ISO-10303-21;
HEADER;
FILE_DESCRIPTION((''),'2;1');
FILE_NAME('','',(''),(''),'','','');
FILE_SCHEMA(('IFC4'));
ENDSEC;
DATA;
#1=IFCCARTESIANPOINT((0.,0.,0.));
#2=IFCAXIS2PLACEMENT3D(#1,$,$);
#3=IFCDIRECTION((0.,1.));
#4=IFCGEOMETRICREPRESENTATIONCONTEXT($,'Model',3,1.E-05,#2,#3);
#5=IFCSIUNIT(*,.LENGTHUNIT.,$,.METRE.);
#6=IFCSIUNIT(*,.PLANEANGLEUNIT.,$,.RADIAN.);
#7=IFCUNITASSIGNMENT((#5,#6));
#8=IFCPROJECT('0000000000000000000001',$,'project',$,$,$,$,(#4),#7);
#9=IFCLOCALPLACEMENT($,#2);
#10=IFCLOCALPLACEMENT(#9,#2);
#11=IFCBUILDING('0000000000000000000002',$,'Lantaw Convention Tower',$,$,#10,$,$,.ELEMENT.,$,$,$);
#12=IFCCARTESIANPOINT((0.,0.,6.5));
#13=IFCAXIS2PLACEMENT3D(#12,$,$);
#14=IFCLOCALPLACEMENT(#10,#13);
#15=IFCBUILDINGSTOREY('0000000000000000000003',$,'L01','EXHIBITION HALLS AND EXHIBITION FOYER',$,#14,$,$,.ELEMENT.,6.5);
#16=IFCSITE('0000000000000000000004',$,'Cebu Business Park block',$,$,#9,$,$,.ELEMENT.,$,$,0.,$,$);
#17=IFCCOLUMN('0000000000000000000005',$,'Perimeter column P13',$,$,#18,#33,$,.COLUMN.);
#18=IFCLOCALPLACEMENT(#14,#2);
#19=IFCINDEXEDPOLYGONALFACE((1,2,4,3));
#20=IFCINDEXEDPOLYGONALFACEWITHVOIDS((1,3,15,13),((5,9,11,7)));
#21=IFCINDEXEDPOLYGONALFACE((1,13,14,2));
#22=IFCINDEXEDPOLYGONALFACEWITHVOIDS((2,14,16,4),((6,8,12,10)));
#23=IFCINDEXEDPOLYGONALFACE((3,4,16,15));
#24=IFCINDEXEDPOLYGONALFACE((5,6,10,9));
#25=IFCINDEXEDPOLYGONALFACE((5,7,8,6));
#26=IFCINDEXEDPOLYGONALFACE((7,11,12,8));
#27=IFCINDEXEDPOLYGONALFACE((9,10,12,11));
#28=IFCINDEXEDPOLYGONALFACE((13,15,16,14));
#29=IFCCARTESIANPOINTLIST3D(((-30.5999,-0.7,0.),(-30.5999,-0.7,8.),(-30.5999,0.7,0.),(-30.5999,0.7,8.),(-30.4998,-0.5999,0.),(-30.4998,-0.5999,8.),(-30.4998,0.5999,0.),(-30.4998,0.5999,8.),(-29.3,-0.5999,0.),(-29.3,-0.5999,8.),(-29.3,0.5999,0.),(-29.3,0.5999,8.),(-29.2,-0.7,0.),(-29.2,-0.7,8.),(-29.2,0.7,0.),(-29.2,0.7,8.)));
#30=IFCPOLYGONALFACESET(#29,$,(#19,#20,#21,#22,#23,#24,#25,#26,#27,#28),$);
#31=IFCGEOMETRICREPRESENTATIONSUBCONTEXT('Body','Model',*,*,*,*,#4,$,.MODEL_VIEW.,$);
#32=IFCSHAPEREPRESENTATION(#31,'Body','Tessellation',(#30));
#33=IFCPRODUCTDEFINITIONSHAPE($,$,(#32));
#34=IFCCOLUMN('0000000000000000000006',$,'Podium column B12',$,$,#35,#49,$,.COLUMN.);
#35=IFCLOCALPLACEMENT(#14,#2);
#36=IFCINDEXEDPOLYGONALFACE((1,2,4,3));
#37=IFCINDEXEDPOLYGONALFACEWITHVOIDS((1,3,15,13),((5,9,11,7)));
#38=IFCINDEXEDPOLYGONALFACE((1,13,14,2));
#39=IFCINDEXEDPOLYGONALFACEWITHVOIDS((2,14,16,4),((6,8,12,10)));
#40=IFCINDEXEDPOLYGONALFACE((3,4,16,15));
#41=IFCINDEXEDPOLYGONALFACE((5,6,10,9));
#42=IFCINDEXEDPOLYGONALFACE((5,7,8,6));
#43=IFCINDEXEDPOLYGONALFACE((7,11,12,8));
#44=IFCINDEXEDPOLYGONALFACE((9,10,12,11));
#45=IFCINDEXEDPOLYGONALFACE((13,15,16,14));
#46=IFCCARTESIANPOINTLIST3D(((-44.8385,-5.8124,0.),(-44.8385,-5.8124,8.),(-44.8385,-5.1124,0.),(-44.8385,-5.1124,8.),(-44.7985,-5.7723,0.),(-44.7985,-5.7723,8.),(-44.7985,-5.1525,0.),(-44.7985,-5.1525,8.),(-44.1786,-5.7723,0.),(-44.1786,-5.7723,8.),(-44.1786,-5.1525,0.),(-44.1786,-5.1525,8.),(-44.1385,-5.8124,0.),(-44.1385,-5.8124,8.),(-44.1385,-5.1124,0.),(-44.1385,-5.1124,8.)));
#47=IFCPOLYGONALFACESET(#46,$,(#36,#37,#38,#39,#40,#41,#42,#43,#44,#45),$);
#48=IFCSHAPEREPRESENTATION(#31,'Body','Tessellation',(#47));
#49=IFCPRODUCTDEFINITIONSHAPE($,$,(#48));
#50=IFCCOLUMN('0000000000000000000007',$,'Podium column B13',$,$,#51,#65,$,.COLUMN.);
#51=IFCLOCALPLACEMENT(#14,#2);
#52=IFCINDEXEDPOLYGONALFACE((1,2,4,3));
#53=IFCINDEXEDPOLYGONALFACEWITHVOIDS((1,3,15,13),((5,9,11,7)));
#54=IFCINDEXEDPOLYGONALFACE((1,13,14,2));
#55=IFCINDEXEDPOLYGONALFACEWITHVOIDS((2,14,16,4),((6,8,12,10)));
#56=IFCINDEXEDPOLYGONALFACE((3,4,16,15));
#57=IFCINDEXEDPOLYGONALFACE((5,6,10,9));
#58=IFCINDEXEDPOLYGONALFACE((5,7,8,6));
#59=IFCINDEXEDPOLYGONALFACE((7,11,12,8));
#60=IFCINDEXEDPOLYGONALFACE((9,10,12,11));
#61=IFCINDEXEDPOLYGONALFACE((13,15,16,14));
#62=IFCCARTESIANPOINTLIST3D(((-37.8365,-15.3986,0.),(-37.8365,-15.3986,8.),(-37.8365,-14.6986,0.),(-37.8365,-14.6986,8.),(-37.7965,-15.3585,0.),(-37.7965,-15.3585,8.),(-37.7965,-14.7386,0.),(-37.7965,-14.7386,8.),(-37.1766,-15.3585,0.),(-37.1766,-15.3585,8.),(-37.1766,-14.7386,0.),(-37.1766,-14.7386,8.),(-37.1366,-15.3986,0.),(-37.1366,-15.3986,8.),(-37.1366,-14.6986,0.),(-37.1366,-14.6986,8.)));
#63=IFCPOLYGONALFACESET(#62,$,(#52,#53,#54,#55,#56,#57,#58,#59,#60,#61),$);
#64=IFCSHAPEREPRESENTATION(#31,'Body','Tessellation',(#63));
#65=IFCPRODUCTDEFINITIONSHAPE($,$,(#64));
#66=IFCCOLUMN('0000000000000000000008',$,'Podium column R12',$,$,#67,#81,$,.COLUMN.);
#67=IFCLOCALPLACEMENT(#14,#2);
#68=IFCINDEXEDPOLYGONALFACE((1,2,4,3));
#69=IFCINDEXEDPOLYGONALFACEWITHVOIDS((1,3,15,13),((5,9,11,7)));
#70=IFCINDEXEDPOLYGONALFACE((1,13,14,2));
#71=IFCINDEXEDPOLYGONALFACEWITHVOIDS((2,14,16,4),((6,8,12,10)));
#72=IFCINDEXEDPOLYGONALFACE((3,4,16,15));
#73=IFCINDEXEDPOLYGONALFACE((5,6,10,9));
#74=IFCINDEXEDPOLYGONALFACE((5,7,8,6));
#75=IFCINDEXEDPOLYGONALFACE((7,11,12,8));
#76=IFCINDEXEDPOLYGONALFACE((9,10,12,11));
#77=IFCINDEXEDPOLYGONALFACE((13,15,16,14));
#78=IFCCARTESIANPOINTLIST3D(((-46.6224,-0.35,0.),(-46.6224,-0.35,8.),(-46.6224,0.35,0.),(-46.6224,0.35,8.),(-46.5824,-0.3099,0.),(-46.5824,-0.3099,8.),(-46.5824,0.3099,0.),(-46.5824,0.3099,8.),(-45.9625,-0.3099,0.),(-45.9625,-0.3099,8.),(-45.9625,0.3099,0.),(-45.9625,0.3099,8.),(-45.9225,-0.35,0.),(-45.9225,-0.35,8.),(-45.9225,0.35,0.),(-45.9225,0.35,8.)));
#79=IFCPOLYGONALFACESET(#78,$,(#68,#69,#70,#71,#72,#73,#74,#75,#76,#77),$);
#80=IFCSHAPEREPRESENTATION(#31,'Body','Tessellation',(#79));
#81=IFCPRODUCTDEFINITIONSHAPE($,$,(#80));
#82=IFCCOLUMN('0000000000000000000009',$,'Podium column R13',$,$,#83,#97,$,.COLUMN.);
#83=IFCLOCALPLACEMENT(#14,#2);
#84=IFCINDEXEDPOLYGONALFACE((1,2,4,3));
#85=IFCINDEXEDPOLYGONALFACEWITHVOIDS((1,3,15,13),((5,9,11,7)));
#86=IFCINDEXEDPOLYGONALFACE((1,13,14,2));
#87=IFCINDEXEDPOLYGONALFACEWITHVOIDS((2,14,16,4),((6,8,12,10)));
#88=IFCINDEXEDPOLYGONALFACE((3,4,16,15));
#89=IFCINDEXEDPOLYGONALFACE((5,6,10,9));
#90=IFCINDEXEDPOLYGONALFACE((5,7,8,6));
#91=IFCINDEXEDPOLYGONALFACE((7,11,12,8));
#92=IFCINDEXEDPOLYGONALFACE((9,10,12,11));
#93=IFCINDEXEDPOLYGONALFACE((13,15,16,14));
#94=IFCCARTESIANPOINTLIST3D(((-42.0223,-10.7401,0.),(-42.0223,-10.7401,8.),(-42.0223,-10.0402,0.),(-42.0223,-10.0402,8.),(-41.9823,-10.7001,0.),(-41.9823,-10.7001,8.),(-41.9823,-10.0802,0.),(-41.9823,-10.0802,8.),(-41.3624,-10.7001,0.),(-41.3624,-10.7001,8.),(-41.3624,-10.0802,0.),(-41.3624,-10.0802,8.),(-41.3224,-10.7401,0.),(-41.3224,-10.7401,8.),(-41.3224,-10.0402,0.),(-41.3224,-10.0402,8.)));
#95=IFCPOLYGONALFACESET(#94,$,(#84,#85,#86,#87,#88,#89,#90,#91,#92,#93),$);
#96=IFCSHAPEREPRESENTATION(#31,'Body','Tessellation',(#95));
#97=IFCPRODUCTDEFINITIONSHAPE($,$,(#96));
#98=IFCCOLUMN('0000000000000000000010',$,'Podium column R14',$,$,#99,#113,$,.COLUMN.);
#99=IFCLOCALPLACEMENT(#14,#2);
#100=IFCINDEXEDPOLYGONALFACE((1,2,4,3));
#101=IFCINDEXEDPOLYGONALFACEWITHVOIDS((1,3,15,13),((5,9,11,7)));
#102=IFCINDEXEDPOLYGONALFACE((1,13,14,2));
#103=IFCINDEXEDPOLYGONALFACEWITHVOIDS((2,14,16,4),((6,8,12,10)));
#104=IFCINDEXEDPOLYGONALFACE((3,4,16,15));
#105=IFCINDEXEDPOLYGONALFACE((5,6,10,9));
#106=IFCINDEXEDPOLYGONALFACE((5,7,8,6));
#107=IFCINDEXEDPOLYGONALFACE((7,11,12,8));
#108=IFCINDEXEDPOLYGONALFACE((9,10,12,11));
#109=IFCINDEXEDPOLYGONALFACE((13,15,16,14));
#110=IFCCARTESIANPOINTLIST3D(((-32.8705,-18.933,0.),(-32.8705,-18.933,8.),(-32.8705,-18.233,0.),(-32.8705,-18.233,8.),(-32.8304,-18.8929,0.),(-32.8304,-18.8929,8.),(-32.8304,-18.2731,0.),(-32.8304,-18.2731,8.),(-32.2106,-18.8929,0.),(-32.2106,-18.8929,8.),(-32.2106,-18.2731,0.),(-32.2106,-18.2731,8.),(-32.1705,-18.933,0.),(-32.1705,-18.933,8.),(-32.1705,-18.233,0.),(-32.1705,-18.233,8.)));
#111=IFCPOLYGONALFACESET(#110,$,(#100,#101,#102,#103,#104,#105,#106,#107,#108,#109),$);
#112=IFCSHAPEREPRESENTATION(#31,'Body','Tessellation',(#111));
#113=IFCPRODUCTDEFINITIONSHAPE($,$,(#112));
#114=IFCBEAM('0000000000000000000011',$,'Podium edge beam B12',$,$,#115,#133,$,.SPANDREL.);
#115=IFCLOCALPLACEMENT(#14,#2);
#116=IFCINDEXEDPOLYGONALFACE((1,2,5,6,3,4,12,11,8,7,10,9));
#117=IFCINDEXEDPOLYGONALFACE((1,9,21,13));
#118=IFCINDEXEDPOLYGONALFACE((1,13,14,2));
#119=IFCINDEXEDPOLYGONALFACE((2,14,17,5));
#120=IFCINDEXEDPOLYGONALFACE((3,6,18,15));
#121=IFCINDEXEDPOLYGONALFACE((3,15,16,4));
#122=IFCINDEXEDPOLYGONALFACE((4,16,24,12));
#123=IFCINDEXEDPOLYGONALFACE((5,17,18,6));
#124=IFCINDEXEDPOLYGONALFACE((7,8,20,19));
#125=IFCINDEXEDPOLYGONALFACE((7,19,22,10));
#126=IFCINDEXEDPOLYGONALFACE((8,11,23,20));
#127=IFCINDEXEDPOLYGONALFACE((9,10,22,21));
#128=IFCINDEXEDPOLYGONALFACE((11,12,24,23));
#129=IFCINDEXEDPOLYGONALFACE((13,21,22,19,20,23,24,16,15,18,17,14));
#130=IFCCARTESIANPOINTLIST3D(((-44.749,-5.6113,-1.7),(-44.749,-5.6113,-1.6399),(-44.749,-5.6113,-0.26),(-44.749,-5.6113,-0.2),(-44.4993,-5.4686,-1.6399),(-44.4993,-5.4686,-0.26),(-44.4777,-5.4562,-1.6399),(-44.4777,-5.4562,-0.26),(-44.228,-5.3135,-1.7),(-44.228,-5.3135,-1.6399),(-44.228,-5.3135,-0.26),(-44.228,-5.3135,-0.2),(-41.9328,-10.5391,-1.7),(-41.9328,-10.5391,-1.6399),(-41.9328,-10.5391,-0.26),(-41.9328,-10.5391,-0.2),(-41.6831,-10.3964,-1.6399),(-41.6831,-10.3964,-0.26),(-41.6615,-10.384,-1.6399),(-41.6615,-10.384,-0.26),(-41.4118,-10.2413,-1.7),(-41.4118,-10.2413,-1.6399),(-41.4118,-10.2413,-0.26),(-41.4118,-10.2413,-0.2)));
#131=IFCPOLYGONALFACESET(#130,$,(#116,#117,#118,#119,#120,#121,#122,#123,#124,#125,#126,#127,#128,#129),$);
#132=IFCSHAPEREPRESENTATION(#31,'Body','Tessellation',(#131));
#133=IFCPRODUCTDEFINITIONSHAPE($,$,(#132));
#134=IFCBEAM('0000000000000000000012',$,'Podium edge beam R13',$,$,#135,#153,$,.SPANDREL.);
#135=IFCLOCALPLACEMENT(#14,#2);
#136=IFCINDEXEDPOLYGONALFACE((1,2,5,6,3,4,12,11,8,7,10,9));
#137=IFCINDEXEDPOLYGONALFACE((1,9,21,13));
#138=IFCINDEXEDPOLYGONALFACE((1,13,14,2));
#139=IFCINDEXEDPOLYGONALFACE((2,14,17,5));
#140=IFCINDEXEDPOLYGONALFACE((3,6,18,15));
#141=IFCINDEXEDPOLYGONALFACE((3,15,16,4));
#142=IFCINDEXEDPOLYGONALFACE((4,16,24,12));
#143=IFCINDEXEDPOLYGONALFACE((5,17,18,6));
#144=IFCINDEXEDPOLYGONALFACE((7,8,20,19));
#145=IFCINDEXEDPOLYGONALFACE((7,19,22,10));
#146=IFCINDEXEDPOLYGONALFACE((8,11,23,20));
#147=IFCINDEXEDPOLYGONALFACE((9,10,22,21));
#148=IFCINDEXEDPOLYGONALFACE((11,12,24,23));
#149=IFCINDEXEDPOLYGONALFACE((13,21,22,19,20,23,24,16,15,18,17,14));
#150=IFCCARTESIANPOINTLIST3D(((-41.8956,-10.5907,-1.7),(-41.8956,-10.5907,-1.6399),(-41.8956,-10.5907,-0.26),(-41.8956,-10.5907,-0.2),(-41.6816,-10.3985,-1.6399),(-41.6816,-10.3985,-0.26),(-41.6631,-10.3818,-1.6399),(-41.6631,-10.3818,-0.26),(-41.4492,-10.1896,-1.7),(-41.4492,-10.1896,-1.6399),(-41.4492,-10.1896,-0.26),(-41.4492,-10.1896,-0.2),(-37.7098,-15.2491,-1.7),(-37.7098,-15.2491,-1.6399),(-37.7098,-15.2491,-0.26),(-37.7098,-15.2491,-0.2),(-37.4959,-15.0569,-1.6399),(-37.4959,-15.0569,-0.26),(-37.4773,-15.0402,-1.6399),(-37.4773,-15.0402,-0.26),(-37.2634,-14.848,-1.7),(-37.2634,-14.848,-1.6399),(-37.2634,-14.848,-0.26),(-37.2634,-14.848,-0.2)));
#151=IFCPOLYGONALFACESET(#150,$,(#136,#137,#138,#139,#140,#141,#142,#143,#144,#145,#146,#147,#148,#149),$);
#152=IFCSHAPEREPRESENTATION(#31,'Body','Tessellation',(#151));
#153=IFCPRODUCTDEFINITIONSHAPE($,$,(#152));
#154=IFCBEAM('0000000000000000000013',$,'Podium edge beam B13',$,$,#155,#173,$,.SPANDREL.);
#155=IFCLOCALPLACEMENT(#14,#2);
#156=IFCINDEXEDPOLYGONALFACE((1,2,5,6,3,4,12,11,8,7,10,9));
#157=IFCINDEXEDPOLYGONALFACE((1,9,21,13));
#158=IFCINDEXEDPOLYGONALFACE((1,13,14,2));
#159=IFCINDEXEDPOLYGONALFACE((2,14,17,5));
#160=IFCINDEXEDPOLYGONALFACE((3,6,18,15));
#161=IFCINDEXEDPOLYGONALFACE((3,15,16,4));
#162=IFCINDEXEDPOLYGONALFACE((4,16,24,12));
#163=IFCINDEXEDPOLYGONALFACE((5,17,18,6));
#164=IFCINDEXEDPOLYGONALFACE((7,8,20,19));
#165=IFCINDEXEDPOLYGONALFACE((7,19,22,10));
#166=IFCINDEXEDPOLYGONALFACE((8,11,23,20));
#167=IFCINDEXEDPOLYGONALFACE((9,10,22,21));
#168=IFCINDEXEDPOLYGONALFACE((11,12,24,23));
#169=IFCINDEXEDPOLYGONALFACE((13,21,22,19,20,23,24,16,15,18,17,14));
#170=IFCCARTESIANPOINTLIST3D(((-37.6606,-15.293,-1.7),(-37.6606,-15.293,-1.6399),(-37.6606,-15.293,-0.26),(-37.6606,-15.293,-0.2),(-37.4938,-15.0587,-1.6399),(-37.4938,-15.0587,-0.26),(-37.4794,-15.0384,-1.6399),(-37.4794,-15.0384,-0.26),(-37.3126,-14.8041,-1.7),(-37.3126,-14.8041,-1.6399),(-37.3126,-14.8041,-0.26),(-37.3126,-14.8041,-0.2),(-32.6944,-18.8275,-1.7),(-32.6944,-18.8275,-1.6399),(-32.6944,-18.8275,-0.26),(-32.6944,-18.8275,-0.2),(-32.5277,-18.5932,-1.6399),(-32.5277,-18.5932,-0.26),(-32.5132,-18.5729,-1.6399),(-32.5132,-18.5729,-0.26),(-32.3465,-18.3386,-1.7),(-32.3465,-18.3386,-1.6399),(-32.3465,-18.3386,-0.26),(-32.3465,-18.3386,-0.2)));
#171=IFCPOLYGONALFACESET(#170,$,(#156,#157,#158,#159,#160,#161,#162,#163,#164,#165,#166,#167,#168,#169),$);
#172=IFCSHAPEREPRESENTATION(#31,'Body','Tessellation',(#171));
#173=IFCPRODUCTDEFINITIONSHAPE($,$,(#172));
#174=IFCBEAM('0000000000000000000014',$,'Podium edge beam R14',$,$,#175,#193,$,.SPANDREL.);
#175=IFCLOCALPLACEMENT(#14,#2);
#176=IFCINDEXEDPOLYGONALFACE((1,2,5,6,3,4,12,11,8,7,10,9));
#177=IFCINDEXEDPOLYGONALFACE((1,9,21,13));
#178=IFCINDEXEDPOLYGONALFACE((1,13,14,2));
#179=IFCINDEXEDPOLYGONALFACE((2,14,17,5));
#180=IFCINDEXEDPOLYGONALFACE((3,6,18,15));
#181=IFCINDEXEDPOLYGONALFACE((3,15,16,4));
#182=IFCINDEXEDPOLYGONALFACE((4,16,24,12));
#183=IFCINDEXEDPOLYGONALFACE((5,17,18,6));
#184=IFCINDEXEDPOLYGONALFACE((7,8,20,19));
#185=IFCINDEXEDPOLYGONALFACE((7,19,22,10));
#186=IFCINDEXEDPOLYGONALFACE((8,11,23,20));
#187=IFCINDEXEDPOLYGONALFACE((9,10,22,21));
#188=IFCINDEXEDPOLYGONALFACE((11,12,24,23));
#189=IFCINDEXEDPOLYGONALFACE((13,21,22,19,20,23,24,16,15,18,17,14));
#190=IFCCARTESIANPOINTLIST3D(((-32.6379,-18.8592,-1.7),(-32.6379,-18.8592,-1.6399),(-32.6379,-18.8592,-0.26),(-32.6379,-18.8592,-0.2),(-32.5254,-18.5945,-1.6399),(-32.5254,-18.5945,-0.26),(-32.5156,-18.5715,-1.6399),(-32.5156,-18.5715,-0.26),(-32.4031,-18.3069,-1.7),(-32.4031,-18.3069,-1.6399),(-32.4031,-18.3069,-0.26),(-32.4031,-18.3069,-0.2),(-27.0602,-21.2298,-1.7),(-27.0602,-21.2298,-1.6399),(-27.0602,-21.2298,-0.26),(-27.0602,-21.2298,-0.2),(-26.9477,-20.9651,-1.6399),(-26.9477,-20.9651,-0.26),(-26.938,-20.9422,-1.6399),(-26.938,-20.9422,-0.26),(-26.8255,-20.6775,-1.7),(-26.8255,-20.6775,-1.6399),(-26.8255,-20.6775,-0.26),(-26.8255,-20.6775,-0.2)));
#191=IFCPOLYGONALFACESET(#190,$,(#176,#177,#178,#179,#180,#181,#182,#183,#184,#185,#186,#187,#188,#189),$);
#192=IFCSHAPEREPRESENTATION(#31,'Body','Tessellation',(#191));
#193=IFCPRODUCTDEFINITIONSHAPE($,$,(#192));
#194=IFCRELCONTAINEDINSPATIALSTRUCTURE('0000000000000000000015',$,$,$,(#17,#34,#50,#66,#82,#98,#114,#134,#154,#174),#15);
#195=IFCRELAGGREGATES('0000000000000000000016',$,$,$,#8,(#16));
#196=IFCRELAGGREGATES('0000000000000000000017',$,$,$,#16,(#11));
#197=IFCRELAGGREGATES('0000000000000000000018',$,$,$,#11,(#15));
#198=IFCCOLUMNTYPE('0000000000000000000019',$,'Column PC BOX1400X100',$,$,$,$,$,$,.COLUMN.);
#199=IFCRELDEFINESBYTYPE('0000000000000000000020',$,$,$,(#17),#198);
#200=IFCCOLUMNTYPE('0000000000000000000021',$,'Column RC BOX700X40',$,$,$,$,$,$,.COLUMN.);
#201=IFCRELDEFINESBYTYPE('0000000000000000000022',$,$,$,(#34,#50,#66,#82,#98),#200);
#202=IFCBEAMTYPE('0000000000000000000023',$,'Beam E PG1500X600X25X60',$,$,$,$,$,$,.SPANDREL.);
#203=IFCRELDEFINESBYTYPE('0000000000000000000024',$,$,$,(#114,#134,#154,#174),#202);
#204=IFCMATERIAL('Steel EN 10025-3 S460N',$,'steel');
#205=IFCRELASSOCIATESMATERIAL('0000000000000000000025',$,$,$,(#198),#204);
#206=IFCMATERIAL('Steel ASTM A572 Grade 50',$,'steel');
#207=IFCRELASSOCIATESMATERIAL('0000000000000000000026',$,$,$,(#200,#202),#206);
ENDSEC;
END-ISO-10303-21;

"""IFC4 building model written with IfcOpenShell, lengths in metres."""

from ifc_helpers import new_model, si_unit, direction, frame, origin, origin_2d, place, context, subcontext, project, spatial, rectangle, hollow_rectangle, i_section, extrude, material, material_profile, profile_set, type_object, element, save


model = new_model("IFC4")

# Units and contexts
model_context = context("Model", 3, precision=1e-05, world=origin(), true_north=direction((0.0, 1.0)))
body_context = subcontext(model_context, "Body", "Model", "MODEL_VIEW")
ifc_project = project(units=[si_unit("LENGTHUNIT", "METRE"), si_unit("PLANEANGLEUNIT", "RADIAN")], contexts=[model_context])

# Site, building, storey
site_placement = place(None, origin())
site = spatial("IfcSite", under=ifc_project, at=site_placement, Name="Cebu Business Park block", CompositionType="ELEMENT", RefElevation=0.0)
building_placement = place(site_placement, origin())
building = spatial("IfcBuilding", under=site, at=building_placement, Name="Lantaw Convention Tower", CompositionType="ELEMENT")
storey_placement = place(building_placement, frame((0.0, 0.0, 6.5)))
storey = spatial("IfcBuildingStorey", under=building, at=storey_placement, Name="L01", Description="EXHIBITION HALLS AND EXHIBITION FOYER", CompositionType="ELEMENT", Elevation=6.5)

# Columns
ifc_material_1 = material(Name="Steel EN 10025-3 S460N", Category="steel")
ifc_material_profile_1 = material_profile(ifc_material_1, hollow_rectangle(XDim=1.3999, YDim=1.3999, WallThickness=0.1001, at=origin_2d()), Name="BOX1400X100")
ifc_material_2 = material(Name="Concrete C60/75", Category="concrete")
ifc_material_profile_2 = material_profile(ifc_material_2, rectangle(XDim=1.2, YDim=1.2, at=origin_2d()), Name="Concrete fill of BOX1400X100")
ifc_profile_set_1 = profile_set([ifc_material_profile_1, ifc_material_profile_2], Name="Steel EN 10025-3 S460N")
column_type_1 = type_object("IfcColumnType", Name="Column PC BOX1400X100", PredefinedType="COLUMN", material=ifc_profile_set_1)
column_placement = place(storey_placement, frame((-29.8999, 0.0, 0.0), z_axis=(0.0, 0.0, 1.0), x_axis=(1.0, 0.0, 0.0)))
element("IfcColumn", 1, at=column_placement, inside=storey, type_object=column_type_1, Name="Perimeter column P13", PredefinedType="COLUMN", context=body_context, shape_type="SweptSolid", body=[
    extrude(hollow_rectangle(XDim=1.3999, YDim=1.3999, WallThickness=0.1001, at=origin_2d()), origin(), (0.0, 0.0, 1.0), 8.0),
])
ifc_material_3 = material(Name="Steel ASTM A572 Grade 50", Category="steel")
ifc_material_profile_3 = material_profile(ifc_material_3, hollow_rectangle(XDim=0.7, YDim=0.7, WallThickness=0.04, at=origin_2d()), Name="BOX700X40")
ifc_profile_set_2 = profile_set([ifc_material_profile_3], Name="Steel ASTM A572 Grade 50")
column_type_2 = type_object("IfcColumnType", Name="Column RC BOX700X40", PredefinedType="COLUMN", material=ifc_profile_set_2)
for number, where, z_axis, x_axis, name in (
    (2, (-44.4885, -5.4624, 0.0), (0.0, 0.0, 1.0), (1.0, 0.0, 0.0), "Podium column B12"),
    (3, (-37.4866, -15.0486, 0.0), (0.0, 0.0, 1.0), (1.0, 0.0, 0.0), "Podium column B13"),
    (4, (-46.2725, 0.0, 0.0), (0.0, 0.0, 1.0), (1.0, 0.0, 0.0), "Podium column R12"),
    (5, (-41.6724, -10.3901, 0.0), (0.0, 0.0, 1.0), (1.0, 0.0, 0.0), "Podium column R13"),
    (6, (-32.5205, -18.583, 0.0), (0.0, 0.0, 1.0), (1.0, 0.0, 0.0), "Podium column R14"),
):
    element("IfcColumn", number, at=place(storey_placement, frame(where, z_axis=z_axis, x_axis=x_axis)), inside=storey, type_object=column_type_2, Name=name, PredefinedType="COLUMN", context=body_context, shape_type="SweptSolid", body=[
        extrude(hollow_rectangle(XDim=0.7, YDim=0.7, WallThickness=0.04, at=origin_2d()), origin(), (0.0, 0.0, 1.0), 8.0),
    ])

# Beams
ifc_material_profile_4 = material_profile(ifc_material_3, i_section(OverallWidth=0.6001, OverallDepth=1.5, WebThickness=0.0249, FlangeThickness=0.0601, at=origin_2d()), Name="PG1500X600X25X60")
ifc_profile_set_3 = profile_set([ifc_material_profile_4], Name="Steel ASTM A572 Grade 50")
beam_type_1 = type_object("IfcBeamType", Name="Beam E PG1500X600X25X60", PredefinedType="SPANDREL", material=ifc_profile_set_3)
beam_1_placement = place(storey_placement, frame((-44.4885, -5.4624, -0.95), z_axis=(0.496181, -0.868219, 0.0), x_axis=(0.868219, 0.496181, 0.0)))
element("IfcBeam", 7, at=beam_1_placement, inside=storey, type_object=beam_type_1, Name="Podium edge beam B12", PredefinedType="SPANDREL", context=body_context, shape_type="SweptSolid", body=[
    extrude(i_section(OverallWidth=0.6001, OverallDepth=1.5, WebThickness=0.0249, FlangeThickness=0.0601, at=origin_2d()), origin(), (0.0, 0.0, 1.0), 5.6758),
])
beam_2_placement = place(storey_placement, frame((-41.6724, -10.3901, -0.95), z_axis=(0.668364, -0.743835, 0.0), x_axis=(0.743835, 0.668364, 0.0)))
element("IfcBeam", 8, at=beam_2_placement, inside=storey, type_object=beam_type_1, Name="Podium edge beam R13", PredefinedType="SPANDREL", context=body_context, shape_type="SweptSolid", body=[
    extrude(i_section(OverallWidth=0.6001, OverallDepth=1.5, WebThickness=0.0249, FlangeThickness=0.0601, at=origin_2d()), origin(), (0.0, 0.0, 1.0), 6.2627),
])
beam_3_placement = place(storey_placement, frame((-37.4866, -15.0486, -0.95), z_axis=(0.814723, -0.579851, 0.0), x_axis=(0.579851, 0.814723, 0.0)))
element("IfcBeam", 9, at=beam_3_placement, inside=storey, type_object=beam_type_1, Name="Podium edge beam B13", PredefinedType="SPANDREL", context=body_context, shape_type="SweptSolid", body=[
    extrude(i_section(OverallWidth=0.6001, OverallDepth=1.5, WebThickness=0.0249, FlangeThickness=0.0601, at=origin_2d()), origin(), (0.0, 0.0, 1.0), 6.0955),
])
beam_4_placement = place(storey_placement, frame((-32.5205, -18.583, -0.95), z_axis=(0.920324, -0.391156, 0.0), x_axis=(0.391156, 0.920324, 0.0)))
element("IfcBeam", 10, at=beam_4_placement, inside=storey, type_object=beam_type_1, Name="Podium edge beam R14", PredefinedType="SPANDREL", context=body_context, shape_type="SweptSolid", body=[
    extrude(i_section(OverallWidth=0.6001, OverallDepth=1.5, WebThickness=0.0249, FlangeThickness=0.0601, at=origin_2d()), origin(), (0.0, 0.0, 1.0), 6.0605),
])

save(model, "model.ifc")
